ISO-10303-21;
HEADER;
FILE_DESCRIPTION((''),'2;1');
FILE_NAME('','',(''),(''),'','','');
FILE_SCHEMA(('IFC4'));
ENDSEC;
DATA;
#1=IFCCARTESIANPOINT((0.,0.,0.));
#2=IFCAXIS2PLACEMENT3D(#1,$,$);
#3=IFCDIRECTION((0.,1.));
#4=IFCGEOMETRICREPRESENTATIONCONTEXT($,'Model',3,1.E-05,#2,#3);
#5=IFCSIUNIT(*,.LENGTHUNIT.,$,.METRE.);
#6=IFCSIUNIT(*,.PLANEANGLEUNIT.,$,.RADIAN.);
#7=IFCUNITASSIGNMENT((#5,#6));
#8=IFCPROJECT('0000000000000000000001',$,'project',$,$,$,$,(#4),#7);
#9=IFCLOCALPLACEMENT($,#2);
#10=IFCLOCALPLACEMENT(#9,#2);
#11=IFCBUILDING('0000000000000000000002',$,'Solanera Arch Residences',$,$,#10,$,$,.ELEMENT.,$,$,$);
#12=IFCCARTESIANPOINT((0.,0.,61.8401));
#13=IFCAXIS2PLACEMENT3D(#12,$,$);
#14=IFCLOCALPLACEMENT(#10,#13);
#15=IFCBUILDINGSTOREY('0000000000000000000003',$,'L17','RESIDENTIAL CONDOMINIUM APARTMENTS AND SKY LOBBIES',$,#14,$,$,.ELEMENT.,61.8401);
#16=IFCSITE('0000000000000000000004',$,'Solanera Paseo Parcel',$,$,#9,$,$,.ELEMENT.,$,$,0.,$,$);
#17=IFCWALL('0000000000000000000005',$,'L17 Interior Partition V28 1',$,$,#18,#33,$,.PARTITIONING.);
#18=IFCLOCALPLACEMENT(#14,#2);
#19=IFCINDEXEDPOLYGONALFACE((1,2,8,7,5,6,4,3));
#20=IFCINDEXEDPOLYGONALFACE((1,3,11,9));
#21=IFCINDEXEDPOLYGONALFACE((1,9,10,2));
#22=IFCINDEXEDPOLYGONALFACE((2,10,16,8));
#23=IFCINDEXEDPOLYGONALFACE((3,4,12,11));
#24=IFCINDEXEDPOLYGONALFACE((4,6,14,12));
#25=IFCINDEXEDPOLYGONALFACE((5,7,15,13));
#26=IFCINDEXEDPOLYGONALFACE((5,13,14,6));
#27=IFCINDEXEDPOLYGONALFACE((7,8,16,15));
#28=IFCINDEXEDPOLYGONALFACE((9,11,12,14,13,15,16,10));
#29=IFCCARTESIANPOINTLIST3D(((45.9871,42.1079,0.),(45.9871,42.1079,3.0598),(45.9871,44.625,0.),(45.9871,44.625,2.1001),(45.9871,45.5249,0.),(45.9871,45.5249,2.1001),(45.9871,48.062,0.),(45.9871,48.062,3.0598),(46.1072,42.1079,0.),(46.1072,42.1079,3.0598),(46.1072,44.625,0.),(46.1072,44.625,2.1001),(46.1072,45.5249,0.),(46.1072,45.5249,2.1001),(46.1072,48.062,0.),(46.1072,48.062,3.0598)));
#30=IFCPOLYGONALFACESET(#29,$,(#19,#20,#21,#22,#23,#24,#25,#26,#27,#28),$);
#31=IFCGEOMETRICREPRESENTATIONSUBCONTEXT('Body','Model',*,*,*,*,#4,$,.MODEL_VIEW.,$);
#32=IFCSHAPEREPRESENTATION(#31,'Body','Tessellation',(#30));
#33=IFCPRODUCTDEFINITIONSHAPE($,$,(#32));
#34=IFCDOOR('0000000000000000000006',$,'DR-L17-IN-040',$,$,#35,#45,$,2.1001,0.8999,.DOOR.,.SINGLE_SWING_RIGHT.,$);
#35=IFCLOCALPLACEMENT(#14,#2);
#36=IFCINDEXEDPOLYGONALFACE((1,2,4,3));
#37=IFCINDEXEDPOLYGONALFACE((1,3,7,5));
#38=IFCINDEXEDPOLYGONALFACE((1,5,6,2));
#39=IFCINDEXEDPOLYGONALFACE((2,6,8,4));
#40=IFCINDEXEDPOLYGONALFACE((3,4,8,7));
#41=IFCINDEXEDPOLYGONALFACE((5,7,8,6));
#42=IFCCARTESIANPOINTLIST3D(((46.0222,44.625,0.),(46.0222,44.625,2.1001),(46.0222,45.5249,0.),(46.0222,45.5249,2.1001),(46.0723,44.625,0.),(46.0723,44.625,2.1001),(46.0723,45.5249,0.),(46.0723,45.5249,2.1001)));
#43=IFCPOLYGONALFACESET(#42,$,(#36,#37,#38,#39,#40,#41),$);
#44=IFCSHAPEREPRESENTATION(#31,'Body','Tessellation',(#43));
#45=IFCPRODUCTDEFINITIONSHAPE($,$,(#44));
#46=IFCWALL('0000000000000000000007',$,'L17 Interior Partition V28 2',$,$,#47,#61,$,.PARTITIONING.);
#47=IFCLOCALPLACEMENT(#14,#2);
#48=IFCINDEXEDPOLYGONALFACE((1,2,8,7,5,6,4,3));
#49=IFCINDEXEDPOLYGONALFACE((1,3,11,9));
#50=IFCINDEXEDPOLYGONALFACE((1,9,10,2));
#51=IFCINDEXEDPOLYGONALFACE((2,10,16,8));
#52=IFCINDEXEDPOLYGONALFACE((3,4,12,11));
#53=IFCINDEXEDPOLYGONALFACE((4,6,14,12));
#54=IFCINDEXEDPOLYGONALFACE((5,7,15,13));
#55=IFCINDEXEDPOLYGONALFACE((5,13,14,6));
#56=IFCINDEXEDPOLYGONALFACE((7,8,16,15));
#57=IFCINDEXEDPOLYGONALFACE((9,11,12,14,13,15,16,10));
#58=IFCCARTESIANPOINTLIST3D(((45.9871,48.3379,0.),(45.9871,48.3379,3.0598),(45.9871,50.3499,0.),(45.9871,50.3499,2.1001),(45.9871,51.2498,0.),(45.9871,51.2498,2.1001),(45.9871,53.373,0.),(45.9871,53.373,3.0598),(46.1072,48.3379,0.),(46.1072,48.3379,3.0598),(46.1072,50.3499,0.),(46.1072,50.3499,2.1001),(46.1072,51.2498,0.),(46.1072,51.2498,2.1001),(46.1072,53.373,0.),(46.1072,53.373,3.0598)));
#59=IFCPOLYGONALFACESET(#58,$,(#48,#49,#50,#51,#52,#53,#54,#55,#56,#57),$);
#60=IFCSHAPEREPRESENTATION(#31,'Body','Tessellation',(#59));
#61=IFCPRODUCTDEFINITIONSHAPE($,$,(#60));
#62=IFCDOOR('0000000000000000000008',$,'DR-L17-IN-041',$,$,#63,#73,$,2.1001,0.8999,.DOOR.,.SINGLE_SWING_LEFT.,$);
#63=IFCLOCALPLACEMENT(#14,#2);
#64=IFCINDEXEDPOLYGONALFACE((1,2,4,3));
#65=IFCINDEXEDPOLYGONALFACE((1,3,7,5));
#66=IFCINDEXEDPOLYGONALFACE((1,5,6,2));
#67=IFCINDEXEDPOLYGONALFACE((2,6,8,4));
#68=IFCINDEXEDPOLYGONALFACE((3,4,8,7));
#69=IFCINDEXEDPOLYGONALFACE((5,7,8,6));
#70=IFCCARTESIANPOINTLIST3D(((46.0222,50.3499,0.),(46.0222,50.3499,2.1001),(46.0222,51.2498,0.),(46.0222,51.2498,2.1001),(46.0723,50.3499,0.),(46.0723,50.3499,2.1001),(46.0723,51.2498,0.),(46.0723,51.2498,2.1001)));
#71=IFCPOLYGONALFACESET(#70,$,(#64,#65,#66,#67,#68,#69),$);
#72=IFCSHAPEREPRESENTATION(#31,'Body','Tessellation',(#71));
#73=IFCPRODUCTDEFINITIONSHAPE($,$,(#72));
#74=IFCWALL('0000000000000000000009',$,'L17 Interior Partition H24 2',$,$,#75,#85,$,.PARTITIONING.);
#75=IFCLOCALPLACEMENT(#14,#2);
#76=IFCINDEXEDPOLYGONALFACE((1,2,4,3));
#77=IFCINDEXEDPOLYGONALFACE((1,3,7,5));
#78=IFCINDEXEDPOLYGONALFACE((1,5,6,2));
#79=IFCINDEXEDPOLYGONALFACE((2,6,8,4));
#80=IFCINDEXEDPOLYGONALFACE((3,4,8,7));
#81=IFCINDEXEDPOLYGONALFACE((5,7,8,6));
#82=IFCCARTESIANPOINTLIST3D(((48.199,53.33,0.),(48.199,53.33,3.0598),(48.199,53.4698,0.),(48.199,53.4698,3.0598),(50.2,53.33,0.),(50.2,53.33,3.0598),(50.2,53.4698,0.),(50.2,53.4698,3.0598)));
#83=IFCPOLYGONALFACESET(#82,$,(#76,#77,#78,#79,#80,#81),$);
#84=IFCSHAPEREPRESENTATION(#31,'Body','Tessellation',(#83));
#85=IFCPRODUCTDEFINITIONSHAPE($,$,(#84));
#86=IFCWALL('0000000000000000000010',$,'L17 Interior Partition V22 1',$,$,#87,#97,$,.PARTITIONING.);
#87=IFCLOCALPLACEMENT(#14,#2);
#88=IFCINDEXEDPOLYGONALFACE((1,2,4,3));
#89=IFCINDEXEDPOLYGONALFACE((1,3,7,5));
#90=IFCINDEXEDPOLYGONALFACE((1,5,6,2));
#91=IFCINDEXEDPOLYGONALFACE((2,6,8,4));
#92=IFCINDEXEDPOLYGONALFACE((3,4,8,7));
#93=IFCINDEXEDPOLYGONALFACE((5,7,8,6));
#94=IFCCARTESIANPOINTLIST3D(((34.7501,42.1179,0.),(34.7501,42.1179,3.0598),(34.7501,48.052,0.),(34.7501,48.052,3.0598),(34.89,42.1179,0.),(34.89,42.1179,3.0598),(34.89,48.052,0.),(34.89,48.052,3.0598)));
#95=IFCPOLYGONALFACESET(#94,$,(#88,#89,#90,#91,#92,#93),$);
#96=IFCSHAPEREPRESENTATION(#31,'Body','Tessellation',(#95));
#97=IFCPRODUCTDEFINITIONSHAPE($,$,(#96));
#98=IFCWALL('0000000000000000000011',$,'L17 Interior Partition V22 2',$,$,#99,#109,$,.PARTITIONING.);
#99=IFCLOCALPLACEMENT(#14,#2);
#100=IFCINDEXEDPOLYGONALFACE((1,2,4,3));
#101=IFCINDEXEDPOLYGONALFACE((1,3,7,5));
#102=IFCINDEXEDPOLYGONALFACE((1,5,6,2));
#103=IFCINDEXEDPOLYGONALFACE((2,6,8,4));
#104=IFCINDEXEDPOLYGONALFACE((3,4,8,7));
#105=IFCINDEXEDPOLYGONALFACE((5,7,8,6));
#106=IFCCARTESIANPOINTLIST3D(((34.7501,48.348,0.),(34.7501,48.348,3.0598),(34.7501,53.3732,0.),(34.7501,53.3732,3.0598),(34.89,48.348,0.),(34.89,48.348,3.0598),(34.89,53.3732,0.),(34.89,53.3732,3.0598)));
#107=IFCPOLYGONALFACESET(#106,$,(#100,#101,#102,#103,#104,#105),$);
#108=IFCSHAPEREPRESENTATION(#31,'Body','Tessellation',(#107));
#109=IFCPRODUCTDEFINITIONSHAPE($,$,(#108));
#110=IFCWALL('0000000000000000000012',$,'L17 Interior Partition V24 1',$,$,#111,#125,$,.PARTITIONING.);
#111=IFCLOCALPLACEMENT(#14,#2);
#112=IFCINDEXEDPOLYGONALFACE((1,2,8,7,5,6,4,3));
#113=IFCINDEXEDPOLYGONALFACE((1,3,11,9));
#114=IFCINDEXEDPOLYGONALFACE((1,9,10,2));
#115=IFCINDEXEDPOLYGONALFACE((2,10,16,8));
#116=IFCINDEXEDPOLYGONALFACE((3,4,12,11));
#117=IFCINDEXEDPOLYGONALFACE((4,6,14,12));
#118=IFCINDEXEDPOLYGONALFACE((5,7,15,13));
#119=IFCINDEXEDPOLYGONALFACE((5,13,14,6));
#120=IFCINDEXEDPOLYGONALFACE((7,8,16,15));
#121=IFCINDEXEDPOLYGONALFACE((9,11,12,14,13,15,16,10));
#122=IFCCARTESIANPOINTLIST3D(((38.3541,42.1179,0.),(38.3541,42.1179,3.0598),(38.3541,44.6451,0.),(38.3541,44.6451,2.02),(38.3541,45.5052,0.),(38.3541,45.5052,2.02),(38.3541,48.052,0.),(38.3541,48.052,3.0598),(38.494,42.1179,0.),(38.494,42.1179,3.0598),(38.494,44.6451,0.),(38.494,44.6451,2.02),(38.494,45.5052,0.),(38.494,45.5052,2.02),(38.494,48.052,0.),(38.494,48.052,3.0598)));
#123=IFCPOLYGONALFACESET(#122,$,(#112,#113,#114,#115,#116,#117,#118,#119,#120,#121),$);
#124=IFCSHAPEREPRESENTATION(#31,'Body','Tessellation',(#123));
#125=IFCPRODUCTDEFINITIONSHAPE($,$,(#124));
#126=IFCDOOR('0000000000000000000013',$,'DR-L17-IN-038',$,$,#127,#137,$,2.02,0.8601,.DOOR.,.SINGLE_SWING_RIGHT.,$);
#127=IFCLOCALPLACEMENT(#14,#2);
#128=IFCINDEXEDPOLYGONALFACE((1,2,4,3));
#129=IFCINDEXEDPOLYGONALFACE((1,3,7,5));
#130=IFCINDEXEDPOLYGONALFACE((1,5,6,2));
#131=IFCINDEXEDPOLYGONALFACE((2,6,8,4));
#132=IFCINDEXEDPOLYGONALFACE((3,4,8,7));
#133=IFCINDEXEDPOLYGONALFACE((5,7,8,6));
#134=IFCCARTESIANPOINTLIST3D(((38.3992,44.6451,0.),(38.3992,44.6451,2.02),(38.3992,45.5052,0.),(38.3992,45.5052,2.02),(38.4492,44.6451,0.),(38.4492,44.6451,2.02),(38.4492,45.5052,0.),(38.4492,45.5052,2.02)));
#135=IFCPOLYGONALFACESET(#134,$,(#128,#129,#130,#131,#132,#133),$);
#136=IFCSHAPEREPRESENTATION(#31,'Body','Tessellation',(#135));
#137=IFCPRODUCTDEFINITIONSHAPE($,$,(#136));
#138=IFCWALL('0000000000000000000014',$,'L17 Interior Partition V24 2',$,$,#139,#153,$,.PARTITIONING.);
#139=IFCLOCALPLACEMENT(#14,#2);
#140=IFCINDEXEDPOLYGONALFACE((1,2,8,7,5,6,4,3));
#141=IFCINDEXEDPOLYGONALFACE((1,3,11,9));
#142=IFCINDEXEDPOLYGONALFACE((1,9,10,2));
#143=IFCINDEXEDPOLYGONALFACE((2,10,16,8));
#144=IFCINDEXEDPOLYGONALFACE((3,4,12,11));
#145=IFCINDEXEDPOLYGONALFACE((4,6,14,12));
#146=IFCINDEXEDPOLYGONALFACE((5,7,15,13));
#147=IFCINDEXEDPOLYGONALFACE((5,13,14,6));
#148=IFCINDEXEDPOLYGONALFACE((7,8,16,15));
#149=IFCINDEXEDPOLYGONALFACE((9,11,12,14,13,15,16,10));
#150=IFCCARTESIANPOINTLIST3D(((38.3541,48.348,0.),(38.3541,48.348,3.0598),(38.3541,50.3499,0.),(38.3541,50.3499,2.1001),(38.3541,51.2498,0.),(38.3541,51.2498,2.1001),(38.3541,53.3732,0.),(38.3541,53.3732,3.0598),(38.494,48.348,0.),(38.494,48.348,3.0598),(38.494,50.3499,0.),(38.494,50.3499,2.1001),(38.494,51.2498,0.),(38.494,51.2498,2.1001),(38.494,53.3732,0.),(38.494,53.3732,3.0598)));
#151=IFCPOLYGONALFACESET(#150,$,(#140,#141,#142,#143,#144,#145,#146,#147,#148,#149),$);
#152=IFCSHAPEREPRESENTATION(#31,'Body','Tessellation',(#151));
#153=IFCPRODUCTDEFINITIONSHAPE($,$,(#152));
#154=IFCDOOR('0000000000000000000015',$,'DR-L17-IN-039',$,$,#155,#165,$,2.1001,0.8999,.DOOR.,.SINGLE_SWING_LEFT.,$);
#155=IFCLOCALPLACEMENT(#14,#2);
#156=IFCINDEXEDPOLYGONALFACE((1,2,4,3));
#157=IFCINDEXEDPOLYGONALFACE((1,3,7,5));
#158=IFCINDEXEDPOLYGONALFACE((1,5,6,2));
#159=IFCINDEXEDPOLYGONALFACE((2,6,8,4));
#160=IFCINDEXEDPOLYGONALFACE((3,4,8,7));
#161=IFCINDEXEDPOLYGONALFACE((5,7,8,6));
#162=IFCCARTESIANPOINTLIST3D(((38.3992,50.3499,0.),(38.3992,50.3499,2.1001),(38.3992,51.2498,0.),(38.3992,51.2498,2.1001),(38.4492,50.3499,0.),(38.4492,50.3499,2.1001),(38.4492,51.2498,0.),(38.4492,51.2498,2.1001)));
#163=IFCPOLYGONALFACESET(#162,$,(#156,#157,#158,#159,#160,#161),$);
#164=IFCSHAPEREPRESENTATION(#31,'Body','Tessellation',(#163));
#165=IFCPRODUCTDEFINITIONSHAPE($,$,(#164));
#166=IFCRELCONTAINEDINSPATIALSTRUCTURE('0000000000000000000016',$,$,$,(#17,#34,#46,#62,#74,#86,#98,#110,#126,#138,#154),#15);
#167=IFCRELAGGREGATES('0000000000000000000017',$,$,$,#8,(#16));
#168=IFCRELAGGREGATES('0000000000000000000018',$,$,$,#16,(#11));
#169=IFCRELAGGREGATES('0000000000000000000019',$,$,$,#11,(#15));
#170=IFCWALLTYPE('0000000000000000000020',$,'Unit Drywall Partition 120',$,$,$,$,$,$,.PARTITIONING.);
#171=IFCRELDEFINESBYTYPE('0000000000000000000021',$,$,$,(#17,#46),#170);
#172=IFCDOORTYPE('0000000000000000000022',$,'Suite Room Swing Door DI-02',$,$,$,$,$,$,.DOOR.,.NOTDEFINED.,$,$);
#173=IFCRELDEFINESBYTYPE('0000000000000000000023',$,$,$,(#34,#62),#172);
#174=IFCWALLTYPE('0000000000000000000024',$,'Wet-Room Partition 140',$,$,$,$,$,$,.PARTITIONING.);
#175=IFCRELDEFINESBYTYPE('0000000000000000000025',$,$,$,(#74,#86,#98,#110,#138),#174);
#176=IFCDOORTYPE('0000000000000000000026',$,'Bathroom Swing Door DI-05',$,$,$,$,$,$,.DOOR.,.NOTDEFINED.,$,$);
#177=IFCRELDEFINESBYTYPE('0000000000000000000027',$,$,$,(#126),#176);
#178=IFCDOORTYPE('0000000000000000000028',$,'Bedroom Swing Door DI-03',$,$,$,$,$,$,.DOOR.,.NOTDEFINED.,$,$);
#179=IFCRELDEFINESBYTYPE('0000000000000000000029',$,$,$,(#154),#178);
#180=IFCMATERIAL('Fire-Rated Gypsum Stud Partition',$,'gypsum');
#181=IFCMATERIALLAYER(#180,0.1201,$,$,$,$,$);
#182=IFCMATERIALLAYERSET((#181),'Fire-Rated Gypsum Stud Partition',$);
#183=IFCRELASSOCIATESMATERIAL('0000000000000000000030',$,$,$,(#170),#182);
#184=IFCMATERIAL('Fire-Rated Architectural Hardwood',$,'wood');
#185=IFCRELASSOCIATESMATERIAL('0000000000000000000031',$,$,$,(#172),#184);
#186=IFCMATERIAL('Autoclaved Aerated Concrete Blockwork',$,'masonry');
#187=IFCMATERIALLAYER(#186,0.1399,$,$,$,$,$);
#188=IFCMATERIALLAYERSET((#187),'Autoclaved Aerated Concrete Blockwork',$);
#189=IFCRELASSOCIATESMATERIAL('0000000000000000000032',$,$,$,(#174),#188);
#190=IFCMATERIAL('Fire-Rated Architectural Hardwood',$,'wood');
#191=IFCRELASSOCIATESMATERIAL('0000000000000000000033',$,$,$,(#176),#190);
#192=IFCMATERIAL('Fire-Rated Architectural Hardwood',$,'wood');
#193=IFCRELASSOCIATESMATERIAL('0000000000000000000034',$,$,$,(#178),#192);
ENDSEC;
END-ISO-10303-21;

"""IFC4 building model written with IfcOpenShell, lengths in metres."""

from ifc_helpers import new_model, si_unit, direction, frame, frame_2d, origin, place, context, subcontext, project, spatial, rectangle, extrude, material, layer, layer_set, type_object, element, fill, save


model = new_model("IFC4")

# Units and contexts
model_context = context("Model", 3, precision=1e-05, world=origin(), true_north=direction((0.0, 1.0)))
body_context = subcontext(model_context, "Body", "Model", "MODEL_VIEW")
ifc_project = project(units=[si_unit("LENGTHUNIT", "METRE"), si_unit("PLANEANGLEUNIT", "RADIAN")], contexts=[model_context])

# Site, building, storey
site_placement = place(None, origin())
site = spatial("IfcSite", under=ifc_project, at=site_placement, Name="Solanera Paseo Parcel", CompositionType="ELEMENT", RefElevation=0.0)
building_placement = place(site_placement, origin())
building = spatial("IfcBuilding", under=site, at=building_placement, Name="Solanera Arch Residences", CompositionType="ELEMENT")
storey_placement = place(building_placement, frame((0.0, 0.0, 61.8401)))
storey = spatial("IfcBuildingStorey", under=building, at=storey_placement, Name="L17", Description="RESIDENTIAL CONDOMINIUM APARTMENTS AND SKY LOBBIES", CompositionType="ELEMENT", Elevation=61.8401)

# Walls, openings, doors
ifc_material_1 = material(Name="Fire-Rated Gypsum Stud Partition", Category="gypsum")
ifc_layer_1 = layer(ifc_material_1, 0.1201)
ifc_layer_set_1 = layer_set([ifc_layer_1], Name="Fire-Rated Gypsum Stud Partition")
wall_type_1 = type_object("IfcWallType", Name="Unit Drywall Partition 120", PredefinedType="PARTITIONING", material=ifc_layer_set_1)
wall_1_placement = place(storey_placement, frame((46.0471, 42.1079, 0.0), z_axis=(0.0, 0.0, 1.0), x_axis=(0.0, 1.0, 0.0)))
wall_1 = element("IfcWall", 1, at=wall_1_placement, inside=storey, type_object=wall_type_1, Name="L17 Interior Partition V28 1", PredefinedType="PARTITIONING", context=body_context, shape_type="SweptSolid", body=[
    extrude(rectangle(XDim=5.9541, YDim=0.1201, at=frame_2d((2.9771, 0.0))), origin(), (0.0, 0.0, 1.0), 3.0598),
])
opening_1_placement = place(wall_1_placement, frame((2.5171, 0.0, 0.0)))
opening_1 = element("IfcOpeningElement", 2, at=opening_1_placement, cuts=wall_1, PredefinedType="OPENING", context=body_context, shape_type="SweptSolid", body=[
    extrude(rectangle(XDim=0.8999, YDim=2.1001, at=frame_2d((0.45, 1.05))), frame((0.0, 0.0701, 0.0), z_axis=(0.0, -1.0, 0.0), x_axis=(1.0, 0.0, 0.0)), (0.0, 0.0, 1.0), 0.1401),
])
ifc_material_2 = material(Name="Fire-Rated Architectural Hardwood", Category="wood")
door_type_1 = type_object("IfcDoorType", Name="Suite Room Swing Door DI-02", OperationType="NOTDEFINED", PredefinedType="DOOR", material=ifc_material_2)
door_1_placement = place(opening_1_placement, origin())
door_1 = element("IfcDoor", 3, at=door_1_placement, inside=storey, type_object=door_type_1, Name="DR-L17-IN-040", OperationType="SINGLE_SWING_RIGHT", OverallHeight=2.1001, OverallWidth=0.8999, PredefinedType="DOOR", context=body_context, shape_type="SweptSolid", body=[
    extrude(rectangle(XDim=0.8999, YDim=2.1001, at=frame_2d((0.45, 1.05))), frame((0.0, 0.0249, 0.0), z_axis=(0.0, -1.0, 0.0), x_axis=(1.0, 0.0, 0.0)), (0.0, 0.0, 1.0), 0.05),
])
fill(opening_1, door_1)
wall_2_placement = place(storey_placement, frame((46.0471, 48.3379, 0.0), z_axis=(0.0, 0.0, 1.0), x_axis=(0.0, 1.0, 0.0)))
wall_2 = element("IfcWall", 4, at=wall_2_placement, inside=storey, type_object=wall_type_1, Name="L17 Interior Partition V28 2", PredefinedType="PARTITIONING", context=body_context, shape_type="SweptSolid", body=[
    extrude(rectangle(XDim=5.0352, YDim=0.1201, at=frame_2d((2.5176, 0.0))), origin(), (0.0, 0.0, 1.0), 3.0598),
])
opening_2_placement = place(wall_2_placement, frame((2.012, 0.0, 0.0)))
opening_2 = element("IfcOpeningElement", 5, at=opening_2_placement, cuts=wall_2, PredefinedType="OPENING", context=body_context, shape_type="SweptSolid", body=[
    extrude(rectangle(XDim=0.8999, YDim=2.1001, at=frame_2d((0.45, 1.05))), frame((0.0, 0.0701, 0.0), z_axis=(0.0, -1.0, 0.0), x_axis=(1.0, 0.0, 0.0)), (0.0, 0.0, 1.0), 0.1401),
])
door_2_placement = place(opening_2_placement, origin())
door_2 = element("IfcDoor", 6, at=door_2_placement, inside=storey, type_object=door_type_1, Name="DR-L17-IN-041", OperationType="SINGLE_SWING_LEFT", OverallHeight=2.1001, OverallWidth=0.8999, PredefinedType="DOOR", context=body_context, shape_type="SweptSolid", body=[
    extrude(rectangle(XDim=0.8999, YDim=2.1001, at=frame_2d((0.45, 1.05))), frame((0.0, 0.0249, 0.0), z_axis=(0.0, -1.0, 0.0), x_axis=(1.0, 0.0, 0.0)), (0.0, 0.0, 1.0), 0.05),
])
fill(opening_2, door_2)

# Walls
ifc_material_3 = material(Name="Autoclaved Aerated Concrete Blockwork", Category="masonry")
ifc_layer_2 = layer(ifc_material_3, 0.1399)
ifc_layer_set_2 = layer_set([ifc_layer_2], Name="Autoclaved Aerated Concrete Blockwork")
wall_type_2 = type_object("IfcWallType", Name="Wet-Room Partition 140", PredefinedType="PARTITIONING", material=ifc_layer_set_2)
wall_3_placement = place(storey_placement, frame((48.199, 53.3999, 0.0), z_axis=(0.0, 0.0, 1.0), x_axis=(1.0, 0.0, 0.0)))
element("IfcWall", 7, at=wall_3_placement, inside=storey, type_object=wall_type_2, Name="L17 Interior Partition H24 2", PredefinedType="PARTITIONING", context=body_context, shape_type="SweptSolid", body=[
    extrude(rectangle(XDim=2.001, YDim=0.1399, at=frame_2d((1.0005, 0.0))), origin(), (0.0, 0.0, 1.0), 3.0598),
])
wall_4_placement = place(storey_placement, frame((34.8201, 42.1179, 0.0), z_axis=(0.0, 0.0, 1.0), x_axis=(0.0, 1.0, 0.0)))
element("IfcWall", 8, at=wall_4_placement, inside=storey, type_object=wall_type_2, Name="L17 Interior Partition V22 1", PredefinedType="PARTITIONING", context=body_context, shape_type="SweptSolid", body=[
    extrude(rectangle(XDim=5.9341, YDim=0.1399, at=frame_2d((2.967, 0.0))), origin(), (0.0, 0.0, 1.0), 3.0598),
])
wall_5_placement = place(storey_placement, frame((34.8201, 48.3479, 0.0), z_axis=(0.0, 0.0, 1.0), x_axis=(0.0, 1.0, 0.0)))
element("IfcWall", 9, at=wall_5_placement, inside=storey, type_object=wall_type_2, Name="L17 Interior Partition V22 2", PredefinedType="PARTITIONING", context=body_context, shape_type="SweptSolid", body=[
    extrude(rectangle(XDim=5.0251, YDim=0.1399, at=frame_2d((2.5127, 0.0))), origin(), (0.0, 0.0, 1.0), 3.0598),
])

# Walls, openings, doors
wall_6_placement = place(storey_placement, frame((38.4241, 42.1179, 0.0), z_axis=(0.0, 0.0, 1.0), x_axis=(0.0, 1.0, 0.0)))
wall_6 = element("IfcWall", 10, at=wall_6_placement, inside=storey, type_object=wall_type_2, Name="L17 Interior Partition V24 1", PredefinedType="PARTITIONING", context=body_context, shape_type="SweptSolid", body=[
    extrude(rectangle(XDim=5.9341, YDim=0.1399, at=frame_2d((2.967, 0.0))), origin(), (0.0, 0.0, 1.0), 3.0598),
])
opening_3_placement = place(wall_6_placement, frame((2.5271, 0.0, 0.0)))
opening_3 = element("IfcOpeningElement", 11, at=opening_3_placement, cuts=wall_6, PredefinedType="OPENING", context=body_context, shape_type="SweptSolid", body=[
    extrude(rectangle(XDim=0.8601, YDim=2.02, at=frame_2d((0.4302, 1.01))), frame((0.0, 0.0798, 0.0), z_axis=(0.0, -1.0, 0.0), x_axis=(1.0, 0.0, 0.0)), (0.0, 0.0, 1.0), 0.1599),
])
ifc_material_4 = material(Name="Fire-Rated Architectural Hardwood", Category="wood")
door_type_2 = type_object("IfcDoorType", Name="Bathroom Swing Door DI-05", OperationType="NOTDEFINED", PredefinedType="DOOR", material=ifc_material_4)
door_3_placement = place(opening_3_placement, origin())
door_3 = element("IfcDoor", 12, at=door_3_placement, inside=storey, type_object=door_type_2, Name="DR-L17-IN-038", OperationType="SINGLE_SWING_RIGHT", OverallHeight=2.02, OverallWidth=0.8601, PredefinedType="DOOR", context=body_context, shape_type="SweptSolid", body=[
    extrude(rectangle(XDim=0.8601, YDim=2.02, at=frame_2d((0.4302, 1.01))), frame((0.0, 0.0249, 0.0), z_axis=(0.0, -1.0, 0.0), x_axis=(1.0, 0.0, 0.0)), (0.0, 0.0, 1.0), 0.05),
])
fill(opening_3, door_3)
wall_7_placement = place(storey_placement, frame((38.4241, 48.3479, 0.0), z_axis=(0.0, 0.0, 1.0), x_axis=(0.0, 1.0, 0.0)))
wall_7 = element("IfcWall", 13, at=wall_7_placement, inside=storey, type_object=wall_type_2, Name="L17 Interior Partition V24 2", PredefinedType="PARTITIONING", context=body_context, shape_type="SweptSolid", body=[
    extrude(rectangle(XDim=5.0251, YDim=0.1399, at=frame_2d((2.5127, 0.0))), origin(), (0.0, 0.0, 1.0), 3.0598),
])
opening_4_placement = place(wall_7_placement, frame((2.002, 0.0, 0.0)))
opening_4 = element("IfcOpeningElement", 14, at=opening_4_placement, cuts=wall_7, PredefinedType="OPENING", context=body_context, shape_type="SweptSolid", body=[
    extrude(rectangle(XDim=0.8999, YDim=2.1001, at=frame_2d((0.45, 1.05))), frame((0.0, 0.0798, 0.0), z_axis=(0.0, -1.0, 0.0), x_axis=(1.0, 0.0, 0.0)), (0.0, 0.0, 1.0), 0.1599),
])
ifc_material_5 = material(Name="Fire-Rated Architectural Hardwood", Category="wood")
door_type_3 = type_object("IfcDoorType", Name="Bedroom Swing Door DI-03", OperationType="NOTDEFINED", PredefinedType="DOOR", material=ifc_material_5)
door_4_placement = place(opening_4_placement, origin())
door_4 = element("IfcDoor", 15, at=door_4_placement, inside=storey, type_object=door_type_3, Name="DR-L17-IN-039", OperationType="SINGLE_SWING_LEFT", OverallHeight=2.1001, OverallWidth=0.8999, PredefinedType="DOOR", context=body_context, shape_type="SweptSolid", body=[
    extrude(rectangle(XDim=0.8999, YDim=2.1001, at=frame_2d((0.45, 1.05))), frame((0.0, 0.0249, 0.0), z_axis=(0.0, -1.0, 0.0), x_axis=(1.0, 0.0, 0.0)), (0.0, 0.0, 1.0), 0.05),
])
fill(opening_4, door_4)

save(model, "model.ifc")
